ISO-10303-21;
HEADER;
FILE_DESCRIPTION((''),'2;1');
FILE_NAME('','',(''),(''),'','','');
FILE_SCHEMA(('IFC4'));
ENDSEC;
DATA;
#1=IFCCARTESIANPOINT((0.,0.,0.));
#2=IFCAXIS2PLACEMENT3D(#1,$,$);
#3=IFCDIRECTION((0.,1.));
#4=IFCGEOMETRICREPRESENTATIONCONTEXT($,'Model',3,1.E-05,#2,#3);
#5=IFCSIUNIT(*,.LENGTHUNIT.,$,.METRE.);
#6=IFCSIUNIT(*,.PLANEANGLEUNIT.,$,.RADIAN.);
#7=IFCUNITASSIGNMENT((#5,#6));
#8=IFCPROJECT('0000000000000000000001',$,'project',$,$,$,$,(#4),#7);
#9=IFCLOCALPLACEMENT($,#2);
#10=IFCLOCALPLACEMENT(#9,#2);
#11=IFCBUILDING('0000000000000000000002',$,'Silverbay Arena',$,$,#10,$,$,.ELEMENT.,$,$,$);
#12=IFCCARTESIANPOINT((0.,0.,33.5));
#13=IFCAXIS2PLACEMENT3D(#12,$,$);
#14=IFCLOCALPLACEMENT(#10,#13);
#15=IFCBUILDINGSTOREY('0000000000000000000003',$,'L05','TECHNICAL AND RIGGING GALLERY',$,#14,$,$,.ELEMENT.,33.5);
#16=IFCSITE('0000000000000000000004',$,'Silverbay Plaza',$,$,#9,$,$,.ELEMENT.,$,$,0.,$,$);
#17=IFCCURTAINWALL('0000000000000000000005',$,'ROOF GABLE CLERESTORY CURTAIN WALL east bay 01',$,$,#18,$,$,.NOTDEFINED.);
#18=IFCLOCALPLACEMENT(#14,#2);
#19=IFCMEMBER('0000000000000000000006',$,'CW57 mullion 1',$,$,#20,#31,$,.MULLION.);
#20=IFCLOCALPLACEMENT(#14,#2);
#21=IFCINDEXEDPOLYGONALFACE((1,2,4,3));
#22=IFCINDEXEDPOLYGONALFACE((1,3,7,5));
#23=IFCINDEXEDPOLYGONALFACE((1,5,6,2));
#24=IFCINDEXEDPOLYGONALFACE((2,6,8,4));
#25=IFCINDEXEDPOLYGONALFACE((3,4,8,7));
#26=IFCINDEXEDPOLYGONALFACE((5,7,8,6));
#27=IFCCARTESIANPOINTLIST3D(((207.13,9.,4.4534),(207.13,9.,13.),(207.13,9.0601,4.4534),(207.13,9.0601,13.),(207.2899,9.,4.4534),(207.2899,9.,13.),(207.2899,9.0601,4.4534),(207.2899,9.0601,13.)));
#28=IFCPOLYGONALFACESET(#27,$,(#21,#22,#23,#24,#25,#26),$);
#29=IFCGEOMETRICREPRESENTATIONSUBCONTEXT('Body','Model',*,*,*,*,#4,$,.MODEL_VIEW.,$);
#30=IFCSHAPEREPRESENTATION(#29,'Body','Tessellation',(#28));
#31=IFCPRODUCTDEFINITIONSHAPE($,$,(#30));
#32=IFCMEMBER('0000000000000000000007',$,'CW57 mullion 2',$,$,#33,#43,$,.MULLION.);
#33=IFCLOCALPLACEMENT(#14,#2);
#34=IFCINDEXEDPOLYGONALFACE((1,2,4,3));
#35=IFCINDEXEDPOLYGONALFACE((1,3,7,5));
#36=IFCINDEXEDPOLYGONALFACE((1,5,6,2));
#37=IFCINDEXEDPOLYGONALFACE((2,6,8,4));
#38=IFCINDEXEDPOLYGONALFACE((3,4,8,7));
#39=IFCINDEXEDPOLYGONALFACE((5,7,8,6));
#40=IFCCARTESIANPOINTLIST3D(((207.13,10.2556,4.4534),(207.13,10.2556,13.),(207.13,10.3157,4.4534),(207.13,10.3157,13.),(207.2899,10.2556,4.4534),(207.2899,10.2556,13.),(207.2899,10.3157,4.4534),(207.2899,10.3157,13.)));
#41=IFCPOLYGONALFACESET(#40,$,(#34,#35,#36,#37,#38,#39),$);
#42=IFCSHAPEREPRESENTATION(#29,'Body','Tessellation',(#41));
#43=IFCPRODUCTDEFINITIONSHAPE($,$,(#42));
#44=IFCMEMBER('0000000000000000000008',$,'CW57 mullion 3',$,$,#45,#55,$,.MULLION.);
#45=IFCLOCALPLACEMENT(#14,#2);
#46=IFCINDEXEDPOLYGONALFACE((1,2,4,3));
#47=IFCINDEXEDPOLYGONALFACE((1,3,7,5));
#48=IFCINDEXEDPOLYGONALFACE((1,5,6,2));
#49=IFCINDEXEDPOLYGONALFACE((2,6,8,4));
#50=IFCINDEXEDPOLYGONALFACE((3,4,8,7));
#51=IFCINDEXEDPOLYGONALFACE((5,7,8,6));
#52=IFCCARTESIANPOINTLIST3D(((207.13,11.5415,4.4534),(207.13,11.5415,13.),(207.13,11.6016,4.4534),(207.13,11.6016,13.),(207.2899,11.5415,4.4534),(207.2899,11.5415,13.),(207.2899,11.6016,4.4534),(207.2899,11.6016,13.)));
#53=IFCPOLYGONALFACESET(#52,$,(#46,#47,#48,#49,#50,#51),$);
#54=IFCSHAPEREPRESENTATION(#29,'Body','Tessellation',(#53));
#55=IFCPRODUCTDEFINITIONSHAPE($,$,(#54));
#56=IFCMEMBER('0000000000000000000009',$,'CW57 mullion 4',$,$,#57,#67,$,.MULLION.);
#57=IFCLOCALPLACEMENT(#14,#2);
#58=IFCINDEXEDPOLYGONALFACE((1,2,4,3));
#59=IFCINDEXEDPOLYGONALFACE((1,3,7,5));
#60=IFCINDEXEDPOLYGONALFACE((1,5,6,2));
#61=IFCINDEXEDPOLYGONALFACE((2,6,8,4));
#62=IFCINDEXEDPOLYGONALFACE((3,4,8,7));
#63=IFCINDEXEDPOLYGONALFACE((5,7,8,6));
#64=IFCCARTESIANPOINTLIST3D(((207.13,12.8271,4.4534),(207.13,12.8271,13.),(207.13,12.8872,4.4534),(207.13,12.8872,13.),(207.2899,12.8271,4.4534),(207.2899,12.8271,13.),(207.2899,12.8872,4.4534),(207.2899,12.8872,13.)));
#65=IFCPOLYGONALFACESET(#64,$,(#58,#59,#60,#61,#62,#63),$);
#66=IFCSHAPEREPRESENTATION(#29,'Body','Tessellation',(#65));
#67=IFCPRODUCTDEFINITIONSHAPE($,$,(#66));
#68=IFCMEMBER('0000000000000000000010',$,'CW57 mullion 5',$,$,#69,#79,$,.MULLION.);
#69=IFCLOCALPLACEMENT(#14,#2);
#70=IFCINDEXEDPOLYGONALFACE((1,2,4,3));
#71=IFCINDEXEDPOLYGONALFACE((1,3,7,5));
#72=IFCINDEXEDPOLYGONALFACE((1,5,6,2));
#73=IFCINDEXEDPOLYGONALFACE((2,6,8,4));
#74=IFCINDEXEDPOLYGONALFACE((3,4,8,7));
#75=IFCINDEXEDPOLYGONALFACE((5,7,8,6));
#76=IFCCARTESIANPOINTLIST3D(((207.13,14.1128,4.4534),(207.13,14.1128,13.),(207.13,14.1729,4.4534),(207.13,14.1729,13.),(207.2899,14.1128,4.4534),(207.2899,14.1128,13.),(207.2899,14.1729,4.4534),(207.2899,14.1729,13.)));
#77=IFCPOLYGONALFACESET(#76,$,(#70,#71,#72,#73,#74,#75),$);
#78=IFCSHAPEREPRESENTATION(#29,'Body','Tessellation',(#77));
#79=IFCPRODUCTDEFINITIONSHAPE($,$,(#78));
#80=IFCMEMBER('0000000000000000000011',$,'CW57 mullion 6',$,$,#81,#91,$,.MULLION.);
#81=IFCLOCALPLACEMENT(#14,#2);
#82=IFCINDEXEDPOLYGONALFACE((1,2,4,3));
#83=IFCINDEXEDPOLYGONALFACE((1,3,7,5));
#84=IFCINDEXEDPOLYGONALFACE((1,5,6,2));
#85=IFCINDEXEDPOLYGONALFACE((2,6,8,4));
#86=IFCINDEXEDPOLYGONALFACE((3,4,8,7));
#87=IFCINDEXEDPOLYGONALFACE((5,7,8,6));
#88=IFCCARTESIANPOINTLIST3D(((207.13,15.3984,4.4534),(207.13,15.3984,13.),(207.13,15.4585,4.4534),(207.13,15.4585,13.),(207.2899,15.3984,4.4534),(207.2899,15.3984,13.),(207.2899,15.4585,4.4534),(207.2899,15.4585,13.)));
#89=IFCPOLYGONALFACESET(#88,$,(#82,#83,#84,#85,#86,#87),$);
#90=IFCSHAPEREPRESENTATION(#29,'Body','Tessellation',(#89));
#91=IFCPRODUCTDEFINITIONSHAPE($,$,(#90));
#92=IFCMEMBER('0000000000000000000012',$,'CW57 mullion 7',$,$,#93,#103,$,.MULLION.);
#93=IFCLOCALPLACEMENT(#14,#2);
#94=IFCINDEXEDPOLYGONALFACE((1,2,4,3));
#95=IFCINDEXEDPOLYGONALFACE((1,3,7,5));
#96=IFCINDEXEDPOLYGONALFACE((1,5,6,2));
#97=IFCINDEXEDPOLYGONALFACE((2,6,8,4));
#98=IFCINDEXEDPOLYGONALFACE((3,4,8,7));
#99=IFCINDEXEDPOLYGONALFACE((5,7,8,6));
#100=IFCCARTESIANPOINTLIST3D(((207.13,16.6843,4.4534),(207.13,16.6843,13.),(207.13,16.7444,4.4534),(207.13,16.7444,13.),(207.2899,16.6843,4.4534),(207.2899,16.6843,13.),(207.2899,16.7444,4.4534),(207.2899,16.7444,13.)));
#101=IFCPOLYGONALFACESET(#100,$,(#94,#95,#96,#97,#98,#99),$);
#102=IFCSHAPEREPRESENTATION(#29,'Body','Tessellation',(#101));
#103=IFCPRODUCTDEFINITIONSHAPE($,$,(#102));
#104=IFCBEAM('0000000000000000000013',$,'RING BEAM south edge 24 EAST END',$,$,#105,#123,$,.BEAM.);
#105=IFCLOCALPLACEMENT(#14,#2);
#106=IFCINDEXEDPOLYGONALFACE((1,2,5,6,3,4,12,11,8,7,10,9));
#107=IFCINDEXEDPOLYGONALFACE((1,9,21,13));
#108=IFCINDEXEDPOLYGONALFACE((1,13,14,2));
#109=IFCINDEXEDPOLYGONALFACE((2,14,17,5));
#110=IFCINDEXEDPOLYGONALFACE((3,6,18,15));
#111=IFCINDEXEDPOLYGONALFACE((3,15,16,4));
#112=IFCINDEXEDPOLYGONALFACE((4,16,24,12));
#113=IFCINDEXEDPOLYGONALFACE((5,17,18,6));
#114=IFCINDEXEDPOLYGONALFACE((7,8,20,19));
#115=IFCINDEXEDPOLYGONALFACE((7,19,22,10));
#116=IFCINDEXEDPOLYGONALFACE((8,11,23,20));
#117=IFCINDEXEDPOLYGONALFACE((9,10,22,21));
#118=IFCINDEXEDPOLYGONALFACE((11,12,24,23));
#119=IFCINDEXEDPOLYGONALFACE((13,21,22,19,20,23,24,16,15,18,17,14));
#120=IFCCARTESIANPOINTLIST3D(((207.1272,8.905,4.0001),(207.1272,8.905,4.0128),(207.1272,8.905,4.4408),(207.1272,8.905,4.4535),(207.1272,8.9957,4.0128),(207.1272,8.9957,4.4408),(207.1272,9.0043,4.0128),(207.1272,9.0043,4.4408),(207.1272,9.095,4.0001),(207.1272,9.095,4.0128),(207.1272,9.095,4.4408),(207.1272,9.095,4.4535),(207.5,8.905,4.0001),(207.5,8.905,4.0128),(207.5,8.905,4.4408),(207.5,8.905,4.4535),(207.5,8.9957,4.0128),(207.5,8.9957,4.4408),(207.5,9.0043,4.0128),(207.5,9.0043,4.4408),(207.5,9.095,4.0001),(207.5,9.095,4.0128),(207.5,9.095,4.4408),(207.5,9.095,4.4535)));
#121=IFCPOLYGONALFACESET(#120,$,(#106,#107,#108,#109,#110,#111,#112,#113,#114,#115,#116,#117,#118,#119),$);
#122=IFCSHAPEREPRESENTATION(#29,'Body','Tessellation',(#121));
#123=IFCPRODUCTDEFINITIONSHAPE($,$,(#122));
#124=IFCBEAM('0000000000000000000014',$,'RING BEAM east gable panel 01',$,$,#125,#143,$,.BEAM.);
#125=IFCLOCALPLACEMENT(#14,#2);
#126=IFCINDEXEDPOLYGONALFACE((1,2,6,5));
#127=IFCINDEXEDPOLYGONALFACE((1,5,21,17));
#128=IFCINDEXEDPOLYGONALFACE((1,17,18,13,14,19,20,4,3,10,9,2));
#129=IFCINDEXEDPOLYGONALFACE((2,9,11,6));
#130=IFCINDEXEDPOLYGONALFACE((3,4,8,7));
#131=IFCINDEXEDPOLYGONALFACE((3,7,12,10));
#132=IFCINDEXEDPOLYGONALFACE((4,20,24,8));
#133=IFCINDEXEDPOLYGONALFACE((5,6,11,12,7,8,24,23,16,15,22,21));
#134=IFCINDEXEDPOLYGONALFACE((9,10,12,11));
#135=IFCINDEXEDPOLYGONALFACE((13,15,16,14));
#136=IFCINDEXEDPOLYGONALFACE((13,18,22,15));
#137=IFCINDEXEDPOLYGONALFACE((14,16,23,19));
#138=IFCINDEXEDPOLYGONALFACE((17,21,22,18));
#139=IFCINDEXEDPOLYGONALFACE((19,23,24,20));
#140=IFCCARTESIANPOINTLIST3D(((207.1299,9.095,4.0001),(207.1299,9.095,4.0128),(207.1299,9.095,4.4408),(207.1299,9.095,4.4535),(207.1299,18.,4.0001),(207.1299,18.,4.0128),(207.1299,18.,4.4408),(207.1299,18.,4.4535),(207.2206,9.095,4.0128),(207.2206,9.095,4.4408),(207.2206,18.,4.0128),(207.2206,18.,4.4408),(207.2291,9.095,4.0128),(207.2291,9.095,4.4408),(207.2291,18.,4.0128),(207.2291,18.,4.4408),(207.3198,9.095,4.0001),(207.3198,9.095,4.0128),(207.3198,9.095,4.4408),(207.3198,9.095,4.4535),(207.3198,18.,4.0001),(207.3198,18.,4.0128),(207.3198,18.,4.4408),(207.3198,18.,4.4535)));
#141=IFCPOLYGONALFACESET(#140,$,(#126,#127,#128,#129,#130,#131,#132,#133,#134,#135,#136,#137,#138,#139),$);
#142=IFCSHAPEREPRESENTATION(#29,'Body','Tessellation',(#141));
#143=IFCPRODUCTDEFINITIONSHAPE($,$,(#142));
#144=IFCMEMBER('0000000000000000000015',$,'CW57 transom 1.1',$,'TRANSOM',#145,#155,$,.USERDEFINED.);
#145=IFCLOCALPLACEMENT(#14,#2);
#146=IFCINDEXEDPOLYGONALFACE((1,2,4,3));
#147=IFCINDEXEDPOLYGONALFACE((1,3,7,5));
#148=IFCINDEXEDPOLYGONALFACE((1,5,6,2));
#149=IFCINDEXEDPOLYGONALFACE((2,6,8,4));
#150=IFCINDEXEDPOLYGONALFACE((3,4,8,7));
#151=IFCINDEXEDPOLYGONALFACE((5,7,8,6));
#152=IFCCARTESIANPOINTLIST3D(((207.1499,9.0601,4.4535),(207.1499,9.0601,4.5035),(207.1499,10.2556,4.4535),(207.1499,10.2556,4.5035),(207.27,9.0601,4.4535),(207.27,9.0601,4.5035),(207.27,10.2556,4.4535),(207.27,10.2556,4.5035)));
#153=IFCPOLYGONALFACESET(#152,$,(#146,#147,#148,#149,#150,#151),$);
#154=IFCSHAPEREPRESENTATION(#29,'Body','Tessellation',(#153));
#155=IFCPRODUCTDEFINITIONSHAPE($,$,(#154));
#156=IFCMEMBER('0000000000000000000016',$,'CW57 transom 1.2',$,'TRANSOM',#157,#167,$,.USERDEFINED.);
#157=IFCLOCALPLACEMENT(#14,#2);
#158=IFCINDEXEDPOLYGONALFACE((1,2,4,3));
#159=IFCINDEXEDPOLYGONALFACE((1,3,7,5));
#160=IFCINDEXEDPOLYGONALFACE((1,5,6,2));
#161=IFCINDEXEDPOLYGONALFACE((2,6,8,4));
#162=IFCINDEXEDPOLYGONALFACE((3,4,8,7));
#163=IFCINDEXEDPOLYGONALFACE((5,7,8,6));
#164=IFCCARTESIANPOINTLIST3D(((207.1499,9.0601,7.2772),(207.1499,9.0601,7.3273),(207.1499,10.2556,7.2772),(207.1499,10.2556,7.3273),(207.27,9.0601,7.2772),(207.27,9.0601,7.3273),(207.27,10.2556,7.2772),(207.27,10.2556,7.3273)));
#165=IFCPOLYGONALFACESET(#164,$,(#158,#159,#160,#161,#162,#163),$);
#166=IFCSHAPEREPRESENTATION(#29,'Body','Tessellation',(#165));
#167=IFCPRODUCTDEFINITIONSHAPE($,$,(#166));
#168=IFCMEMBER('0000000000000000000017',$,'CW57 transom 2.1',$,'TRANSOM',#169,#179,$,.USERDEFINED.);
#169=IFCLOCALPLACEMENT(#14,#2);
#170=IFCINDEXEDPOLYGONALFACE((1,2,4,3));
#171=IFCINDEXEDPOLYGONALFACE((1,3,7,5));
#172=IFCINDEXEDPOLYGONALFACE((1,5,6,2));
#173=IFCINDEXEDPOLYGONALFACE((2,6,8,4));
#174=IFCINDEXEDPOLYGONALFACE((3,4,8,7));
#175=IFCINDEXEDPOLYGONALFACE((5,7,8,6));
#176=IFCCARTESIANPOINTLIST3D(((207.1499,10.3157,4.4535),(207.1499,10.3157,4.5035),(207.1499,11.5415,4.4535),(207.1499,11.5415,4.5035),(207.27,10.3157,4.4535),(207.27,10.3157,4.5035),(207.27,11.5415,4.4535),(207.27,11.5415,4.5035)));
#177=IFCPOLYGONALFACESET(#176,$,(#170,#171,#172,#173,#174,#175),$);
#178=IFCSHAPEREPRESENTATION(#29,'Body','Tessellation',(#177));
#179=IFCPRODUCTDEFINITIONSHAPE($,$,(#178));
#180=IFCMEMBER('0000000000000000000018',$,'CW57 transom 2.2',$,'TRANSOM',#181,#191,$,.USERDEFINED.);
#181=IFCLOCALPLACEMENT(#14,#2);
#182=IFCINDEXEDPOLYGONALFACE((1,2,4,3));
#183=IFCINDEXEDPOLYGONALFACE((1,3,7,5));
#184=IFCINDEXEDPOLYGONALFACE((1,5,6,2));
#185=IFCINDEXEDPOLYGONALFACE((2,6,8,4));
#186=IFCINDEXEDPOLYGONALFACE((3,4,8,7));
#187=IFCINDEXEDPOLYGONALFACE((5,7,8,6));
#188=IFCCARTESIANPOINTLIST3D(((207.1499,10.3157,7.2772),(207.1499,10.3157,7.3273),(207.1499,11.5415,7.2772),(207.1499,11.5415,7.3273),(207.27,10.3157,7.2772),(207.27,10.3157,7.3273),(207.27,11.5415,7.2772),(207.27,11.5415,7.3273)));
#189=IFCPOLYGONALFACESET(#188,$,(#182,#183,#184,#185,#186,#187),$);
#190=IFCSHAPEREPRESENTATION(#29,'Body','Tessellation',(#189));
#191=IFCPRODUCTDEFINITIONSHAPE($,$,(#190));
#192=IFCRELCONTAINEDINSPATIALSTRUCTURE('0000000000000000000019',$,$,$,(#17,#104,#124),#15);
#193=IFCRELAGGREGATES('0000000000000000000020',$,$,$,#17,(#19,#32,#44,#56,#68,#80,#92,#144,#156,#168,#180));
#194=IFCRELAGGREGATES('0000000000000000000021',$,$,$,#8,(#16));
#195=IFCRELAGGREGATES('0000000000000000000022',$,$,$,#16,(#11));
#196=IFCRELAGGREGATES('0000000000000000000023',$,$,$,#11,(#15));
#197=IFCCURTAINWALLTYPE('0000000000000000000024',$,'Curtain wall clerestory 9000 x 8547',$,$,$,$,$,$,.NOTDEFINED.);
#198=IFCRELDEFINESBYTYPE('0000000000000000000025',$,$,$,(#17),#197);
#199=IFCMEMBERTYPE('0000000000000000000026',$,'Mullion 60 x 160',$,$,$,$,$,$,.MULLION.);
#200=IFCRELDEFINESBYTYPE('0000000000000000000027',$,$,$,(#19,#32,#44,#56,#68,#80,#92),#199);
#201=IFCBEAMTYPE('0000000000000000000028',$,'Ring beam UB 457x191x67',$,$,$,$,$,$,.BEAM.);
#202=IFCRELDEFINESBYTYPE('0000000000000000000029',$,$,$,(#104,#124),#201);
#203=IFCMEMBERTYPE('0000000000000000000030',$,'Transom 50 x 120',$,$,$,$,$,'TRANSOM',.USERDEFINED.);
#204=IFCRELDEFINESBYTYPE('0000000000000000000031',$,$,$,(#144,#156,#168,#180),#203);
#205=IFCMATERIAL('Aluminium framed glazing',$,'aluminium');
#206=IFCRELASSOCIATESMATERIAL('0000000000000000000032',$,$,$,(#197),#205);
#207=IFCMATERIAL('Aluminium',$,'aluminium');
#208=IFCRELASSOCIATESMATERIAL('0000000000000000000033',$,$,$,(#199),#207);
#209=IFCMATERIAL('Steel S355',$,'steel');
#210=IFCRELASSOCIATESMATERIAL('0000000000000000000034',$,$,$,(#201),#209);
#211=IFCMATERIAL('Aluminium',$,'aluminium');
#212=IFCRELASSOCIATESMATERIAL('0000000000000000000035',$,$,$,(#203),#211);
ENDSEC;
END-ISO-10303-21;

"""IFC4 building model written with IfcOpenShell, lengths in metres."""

from ifc_helpers import new_model, si_unit, direction, frame, origin, origin_2d, place, context, subcontext, project, spatial, rectangle, i_section, extrude, material, material_profile, profile_set, type_object, element, aggregate, save


model = new_model("IFC4")

# Units and contexts
model_context = context("Model", 3, precision=1e-05, world=origin(), true_north=direction((0.0, 1.0)))
body_context = subcontext(model_context, "Body", "Model", "MODEL_VIEW")
ifc_project = project(units=[si_unit("LENGTHUNIT", "METRE"), si_unit("PLANEANGLEUNIT", "RADIAN")], contexts=[model_context])

# Site, building, storey
site_placement = place(None, origin())
site = spatial("IfcSite", under=ifc_project, at=site_placement, Name="Silverbay Plaza", CompositionType="ELEMENT", RefElevation=0.0)
building_placement = place(site_placement, origin())
building = spatial("IfcBuilding", under=site, at=building_placement, Name="Silverbay Arena", CompositionType="ELEMENT")
storey_placement = place(building_placement, frame((0.0, 0.0, 33.5)))
storey = spatial("IfcBuildingStorey", under=building, at=storey_placement, Name="L05", Description="TECHNICAL AND RIGGING GALLERY", CompositionType="ELEMENT", Elevation=33.5)

# Curtain wall, members
ifc_material_1 = material(Name="Aluminium framed glazing", Category="aluminium")
curtain_wall_type = type_object("IfcCurtainWallType", Name="Curtain wall clerestory 9000 x 8547", PredefinedType="NOTDEFINED", material=ifc_material_1)
curtain_wall_placement = place(storey_placement, origin())
curtain_wall = element("IfcCurtainWall", 1, at=curtain_wall_placement, inside=storey, type_object=curtain_wall_type, Name="ROOF GABLE CLERESTORY CURTAIN WALL east bay 01", PredefinedType="NOTDEFINED")
ifc_material_2 = material(Name="Aluminium", Category="aluminium")
ifc_material_profile_1 = material_profile(ifc_material_2, rectangle(XDim=0.1599, YDim=0.0601, at=origin_2d()), Name="Mullion 60 x 160")
ifc_profile_set_1 = profile_set([ifc_material_profile_1], Name="Aluminium")
member_type_1 = type_object("IfcMemberType", Name="Mullion 60 x 160", PredefinedType="MULLION", material=ifc_profile_set_1)
member_1_placement = place(storey_placement, frame((207.21, 9.03, 4.4534), z_axis=(0.0, 0.0, 1.0), x_axis=(-1.0, 0.0, 0.0)))
member_1 = element("IfcMember", 2, at=member_1_placement, type_object=member_type_1, Name="CW57 mullion 1", PredefinedType="MULLION", context=body_context, shape_type="SweptSolid", body=[
    extrude(rectangle(XDim=0.1599, YDim=0.0601, at=origin_2d()), origin(), (0.0, 0.0, 1.0), 8.5466),
])
member_2_placement = place(storey_placement, frame((207.21, 10.2856, 4.4534), z_axis=(0.0, 0.0, 1.0), x_axis=(-1.0, 0.0, 0.0)))
member_2 = element("IfcMember", 3, at=member_2_placement, type_object=member_type_1, Name="CW57 mullion 2", PredefinedType="MULLION", context=body_context, shape_type="SweptSolid", body=[
    extrude(rectangle(XDim=0.1599, YDim=0.0601, at=origin_2d()), origin(), (0.0, 0.0, 1.0), 8.5466),
])
member_3_placement = place(storey_placement, frame((207.21, 11.5715, 4.4534), z_axis=(0.0, 0.0, 1.0), x_axis=(-1.0, 0.0, 0.0)))
member_3 = element("IfcMember", 4, at=member_3_placement, type_object=member_type_1, Name="CW57 mullion 3", PredefinedType="MULLION", context=body_context, shape_type="SweptSolid", body=[
    extrude(rectangle(XDim=0.1599, YDim=0.0601, at=origin_2d()), origin(), (0.0, 0.0, 1.0), 8.5466),
])
member_4_placement = place(storey_placement, frame((207.21, 12.8572, 4.4534), z_axis=(0.0, 0.0, 1.0), x_axis=(-1.0, 0.0, 0.0)))
member_4 = element("IfcMember", 5, at=member_4_placement, type_object=member_type_1, Name="CW57 mullion 4", PredefinedType="MULLION", context=body_context, shape_type="SweptSolid", body=[
    extrude(rectangle(XDim=0.1599, YDim=0.0601, at=origin_2d()), origin(), (0.0, 0.0, 1.0), 8.5466),
])
member_5_placement = place(storey_placement, frame((207.21, 14.1428, 4.4534), z_axis=(0.0, 0.0, 1.0), x_axis=(-1.0, 0.0, 0.0)))
member_5 = element("IfcMember", 6, at=member_5_placement, type_object=member_type_1, Name="CW57 mullion 5", PredefinedType="MULLION", context=body_context, shape_type="SweptSolid", body=[
    extrude(rectangle(XDim=0.1599, YDim=0.0601, at=origin_2d()), origin(), (0.0, 0.0, 1.0), 8.5466),
])
member_6_placement = place(storey_placement, frame((207.21, 15.4285, 4.4534), z_axis=(0.0, 0.0, 1.0), x_axis=(-1.0, 0.0, 0.0)))
member_6 = element("IfcMember", 7, at=member_6_placement, type_object=member_type_1, Name="CW57 mullion 6", PredefinedType="MULLION", context=body_context, shape_type="SweptSolid", body=[
    extrude(rectangle(XDim=0.1599, YDim=0.0601, at=origin_2d()), origin(), (0.0, 0.0, 1.0), 8.5466),
])
member_7_placement = place(storey_placement, frame((207.21, 16.7144, 4.4534), z_axis=(0.0, 0.0, 1.0), x_axis=(-1.0, 0.0, 0.0)))
member_7 = element("IfcMember", 8, at=member_7_placement, type_object=member_type_1, Name="CW57 mullion 7", PredefinedType="MULLION", context=body_context, shape_type="SweptSolid", body=[
    extrude(rectangle(XDim=0.1599, YDim=0.0601, at=origin_2d()), origin(), (0.0, 0.0, 1.0), 8.5466),
])

# Beams
ifc_material_3 = material(Name="Steel S355", Category="steel")
ifc_material_profile_2 = material_profile(ifc_material_3, i_section(OverallWidth=0.1899, OverallDepth=0.4534, WebThickness=0.0085, FlangeThickness=0.0127, at=origin_2d()), Name="UB 457x191x67")
ifc_profile_set_2 = profile_set([ifc_material_profile_2], Name="Steel S355")
beam_type = type_object("IfcBeamType", Name="Ring beam UB 457x191x67", PredefinedType="BEAM", material=ifc_profile_set_2)
beam_1_placement = place(storey_placement, frame((207.1272, 9.0, 4.2268), z_axis=(1.0, 0.0, 0.0), x_axis=(0.0, 1.0, 0.0)))
element("IfcBeam", 9, at=beam_1_placement, inside=storey, type_object=beam_type, Name="RING BEAM south edge 24 EAST END", PredefinedType="BEAM", context=body_context, shape_type="SweptSolid", body=[
    extrude(i_section(OverallWidth=0.1899, OverallDepth=0.4534, WebThickness=0.0085, FlangeThickness=0.0127, at=origin_2d()), origin(), (0.0, 0.0, 1.0), 0.3728),
])
beam_2_placement = place(storey_placement, frame((207.2249, 9.095, 4.2268), z_axis=(0.0, 1.0, 0.0), x_axis=(-1.0, 0.0, 0.0)))
element("IfcBeam", 10, at=beam_2_placement, inside=storey, type_object=beam_type, Name="RING BEAM east gable panel 01", PredefinedType="BEAM", context=body_context, shape_type="SweptSolid", body=[
    extrude(i_section(OverallWidth=0.1899, OverallDepth=0.4534, WebThickness=0.0085, FlangeThickness=0.0127, at=origin_2d()), origin(), (0.0, 0.0, 1.0), 8.905),
])

# Members
ifc_material_4 = material(Name="Aluminium", Category="aluminium")
ifc_material_profile_3 = material_profile(ifc_material_4, rectangle(XDim=0.1201, YDim=0.05, at=origin_2d()), Name="Transom 50 x 120")
ifc_profile_set_3 = profile_set([ifc_material_profile_3], Name="Aluminium")
member_type_2 = type_object("IfcMemberType", Name="Transom 50 x 120", ElementType="TRANSOM", PredefinedType="USERDEFINED", material=ifc_profile_set_3)
member_8_placement = place(storey_placement, frame((207.21, 9.0601, 4.4785), z_axis=(0.0, 1.0, 0.0), x_axis=(-1.0, 0.0, 0.0)))
member_8 = element("IfcMember", 11, at=member_8_placement, type_object=member_type_2, Name="CW57 transom 1.1", ObjectType="TRANSOM", PredefinedType="USERDEFINED", context=body_context, shape_type="SweptSolid", body=[
    extrude(rectangle(XDim=0.1201, YDim=0.05, at=origin_2d()), origin(), (0.0, 0.0, 1.0), 1.1956),
])
member_9_placement = place(storey_placement, frame((207.21, 9.0601, 7.3022), z_axis=(0.0, 1.0, 0.0), x_axis=(-1.0, 0.0, 0.0)))
member_9 = element("IfcMember", 12, at=member_9_placement, type_object=member_type_2, Name="CW57 transom 1.2", ObjectType="TRANSOM", PredefinedType="USERDEFINED", context=body_context, shape_type="SweptSolid", body=[
    extrude(rectangle(XDim=0.1201, YDim=0.05, at=origin_2d()), origin(), (0.0, 0.0, 1.0), 1.1956),
])
member_10_placement = place(storey_placement, frame((207.21, 10.3157, 4.4785), z_axis=(0.0, 1.0, 0.0), x_axis=(-1.0, 0.0, 0.0)))
member_10 = element("IfcMember", 13, at=member_10_placement, type_object=member_type_2, Name="CW57 transom 2.1", ObjectType="TRANSOM", PredefinedType="USERDEFINED", context=body_context, shape_type="SweptSolid", body=[
    extrude(rectangle(XDim=0.1201, YDim=0.05, at=origin_2d()), origin(), (0.0, 0.0, 1.0), 1.2258),
])
member_11_placement = place(storey_placement, frame((207.21, 10.3157, 7.3022), z_axis=(0.0, 1.0, 0.0), x_axis=(-1.0, 0.0, 0.0)))
member_11 = element("IfcMember", 14, at=member_11_placement, type_object=member_type_2, Name="CW57 transom 2.2", ObjectType="TRANSOM", PredefinedType="USERDEFINED", context=body_context, shape_type="SweptSolid", body=[
    extrude(rectangle(XDim=0.1201, YDim=0.05, at=origin_2d()), origin(), (0.0, 0.0, 1.0), 1.2258),
])

aggregate(curtain_wall, [member_1, member_2, member_3, member_4, member_5, member_6, member_7, member_8, member_9, member_10, member_11])

save(model, "model.ifc")
